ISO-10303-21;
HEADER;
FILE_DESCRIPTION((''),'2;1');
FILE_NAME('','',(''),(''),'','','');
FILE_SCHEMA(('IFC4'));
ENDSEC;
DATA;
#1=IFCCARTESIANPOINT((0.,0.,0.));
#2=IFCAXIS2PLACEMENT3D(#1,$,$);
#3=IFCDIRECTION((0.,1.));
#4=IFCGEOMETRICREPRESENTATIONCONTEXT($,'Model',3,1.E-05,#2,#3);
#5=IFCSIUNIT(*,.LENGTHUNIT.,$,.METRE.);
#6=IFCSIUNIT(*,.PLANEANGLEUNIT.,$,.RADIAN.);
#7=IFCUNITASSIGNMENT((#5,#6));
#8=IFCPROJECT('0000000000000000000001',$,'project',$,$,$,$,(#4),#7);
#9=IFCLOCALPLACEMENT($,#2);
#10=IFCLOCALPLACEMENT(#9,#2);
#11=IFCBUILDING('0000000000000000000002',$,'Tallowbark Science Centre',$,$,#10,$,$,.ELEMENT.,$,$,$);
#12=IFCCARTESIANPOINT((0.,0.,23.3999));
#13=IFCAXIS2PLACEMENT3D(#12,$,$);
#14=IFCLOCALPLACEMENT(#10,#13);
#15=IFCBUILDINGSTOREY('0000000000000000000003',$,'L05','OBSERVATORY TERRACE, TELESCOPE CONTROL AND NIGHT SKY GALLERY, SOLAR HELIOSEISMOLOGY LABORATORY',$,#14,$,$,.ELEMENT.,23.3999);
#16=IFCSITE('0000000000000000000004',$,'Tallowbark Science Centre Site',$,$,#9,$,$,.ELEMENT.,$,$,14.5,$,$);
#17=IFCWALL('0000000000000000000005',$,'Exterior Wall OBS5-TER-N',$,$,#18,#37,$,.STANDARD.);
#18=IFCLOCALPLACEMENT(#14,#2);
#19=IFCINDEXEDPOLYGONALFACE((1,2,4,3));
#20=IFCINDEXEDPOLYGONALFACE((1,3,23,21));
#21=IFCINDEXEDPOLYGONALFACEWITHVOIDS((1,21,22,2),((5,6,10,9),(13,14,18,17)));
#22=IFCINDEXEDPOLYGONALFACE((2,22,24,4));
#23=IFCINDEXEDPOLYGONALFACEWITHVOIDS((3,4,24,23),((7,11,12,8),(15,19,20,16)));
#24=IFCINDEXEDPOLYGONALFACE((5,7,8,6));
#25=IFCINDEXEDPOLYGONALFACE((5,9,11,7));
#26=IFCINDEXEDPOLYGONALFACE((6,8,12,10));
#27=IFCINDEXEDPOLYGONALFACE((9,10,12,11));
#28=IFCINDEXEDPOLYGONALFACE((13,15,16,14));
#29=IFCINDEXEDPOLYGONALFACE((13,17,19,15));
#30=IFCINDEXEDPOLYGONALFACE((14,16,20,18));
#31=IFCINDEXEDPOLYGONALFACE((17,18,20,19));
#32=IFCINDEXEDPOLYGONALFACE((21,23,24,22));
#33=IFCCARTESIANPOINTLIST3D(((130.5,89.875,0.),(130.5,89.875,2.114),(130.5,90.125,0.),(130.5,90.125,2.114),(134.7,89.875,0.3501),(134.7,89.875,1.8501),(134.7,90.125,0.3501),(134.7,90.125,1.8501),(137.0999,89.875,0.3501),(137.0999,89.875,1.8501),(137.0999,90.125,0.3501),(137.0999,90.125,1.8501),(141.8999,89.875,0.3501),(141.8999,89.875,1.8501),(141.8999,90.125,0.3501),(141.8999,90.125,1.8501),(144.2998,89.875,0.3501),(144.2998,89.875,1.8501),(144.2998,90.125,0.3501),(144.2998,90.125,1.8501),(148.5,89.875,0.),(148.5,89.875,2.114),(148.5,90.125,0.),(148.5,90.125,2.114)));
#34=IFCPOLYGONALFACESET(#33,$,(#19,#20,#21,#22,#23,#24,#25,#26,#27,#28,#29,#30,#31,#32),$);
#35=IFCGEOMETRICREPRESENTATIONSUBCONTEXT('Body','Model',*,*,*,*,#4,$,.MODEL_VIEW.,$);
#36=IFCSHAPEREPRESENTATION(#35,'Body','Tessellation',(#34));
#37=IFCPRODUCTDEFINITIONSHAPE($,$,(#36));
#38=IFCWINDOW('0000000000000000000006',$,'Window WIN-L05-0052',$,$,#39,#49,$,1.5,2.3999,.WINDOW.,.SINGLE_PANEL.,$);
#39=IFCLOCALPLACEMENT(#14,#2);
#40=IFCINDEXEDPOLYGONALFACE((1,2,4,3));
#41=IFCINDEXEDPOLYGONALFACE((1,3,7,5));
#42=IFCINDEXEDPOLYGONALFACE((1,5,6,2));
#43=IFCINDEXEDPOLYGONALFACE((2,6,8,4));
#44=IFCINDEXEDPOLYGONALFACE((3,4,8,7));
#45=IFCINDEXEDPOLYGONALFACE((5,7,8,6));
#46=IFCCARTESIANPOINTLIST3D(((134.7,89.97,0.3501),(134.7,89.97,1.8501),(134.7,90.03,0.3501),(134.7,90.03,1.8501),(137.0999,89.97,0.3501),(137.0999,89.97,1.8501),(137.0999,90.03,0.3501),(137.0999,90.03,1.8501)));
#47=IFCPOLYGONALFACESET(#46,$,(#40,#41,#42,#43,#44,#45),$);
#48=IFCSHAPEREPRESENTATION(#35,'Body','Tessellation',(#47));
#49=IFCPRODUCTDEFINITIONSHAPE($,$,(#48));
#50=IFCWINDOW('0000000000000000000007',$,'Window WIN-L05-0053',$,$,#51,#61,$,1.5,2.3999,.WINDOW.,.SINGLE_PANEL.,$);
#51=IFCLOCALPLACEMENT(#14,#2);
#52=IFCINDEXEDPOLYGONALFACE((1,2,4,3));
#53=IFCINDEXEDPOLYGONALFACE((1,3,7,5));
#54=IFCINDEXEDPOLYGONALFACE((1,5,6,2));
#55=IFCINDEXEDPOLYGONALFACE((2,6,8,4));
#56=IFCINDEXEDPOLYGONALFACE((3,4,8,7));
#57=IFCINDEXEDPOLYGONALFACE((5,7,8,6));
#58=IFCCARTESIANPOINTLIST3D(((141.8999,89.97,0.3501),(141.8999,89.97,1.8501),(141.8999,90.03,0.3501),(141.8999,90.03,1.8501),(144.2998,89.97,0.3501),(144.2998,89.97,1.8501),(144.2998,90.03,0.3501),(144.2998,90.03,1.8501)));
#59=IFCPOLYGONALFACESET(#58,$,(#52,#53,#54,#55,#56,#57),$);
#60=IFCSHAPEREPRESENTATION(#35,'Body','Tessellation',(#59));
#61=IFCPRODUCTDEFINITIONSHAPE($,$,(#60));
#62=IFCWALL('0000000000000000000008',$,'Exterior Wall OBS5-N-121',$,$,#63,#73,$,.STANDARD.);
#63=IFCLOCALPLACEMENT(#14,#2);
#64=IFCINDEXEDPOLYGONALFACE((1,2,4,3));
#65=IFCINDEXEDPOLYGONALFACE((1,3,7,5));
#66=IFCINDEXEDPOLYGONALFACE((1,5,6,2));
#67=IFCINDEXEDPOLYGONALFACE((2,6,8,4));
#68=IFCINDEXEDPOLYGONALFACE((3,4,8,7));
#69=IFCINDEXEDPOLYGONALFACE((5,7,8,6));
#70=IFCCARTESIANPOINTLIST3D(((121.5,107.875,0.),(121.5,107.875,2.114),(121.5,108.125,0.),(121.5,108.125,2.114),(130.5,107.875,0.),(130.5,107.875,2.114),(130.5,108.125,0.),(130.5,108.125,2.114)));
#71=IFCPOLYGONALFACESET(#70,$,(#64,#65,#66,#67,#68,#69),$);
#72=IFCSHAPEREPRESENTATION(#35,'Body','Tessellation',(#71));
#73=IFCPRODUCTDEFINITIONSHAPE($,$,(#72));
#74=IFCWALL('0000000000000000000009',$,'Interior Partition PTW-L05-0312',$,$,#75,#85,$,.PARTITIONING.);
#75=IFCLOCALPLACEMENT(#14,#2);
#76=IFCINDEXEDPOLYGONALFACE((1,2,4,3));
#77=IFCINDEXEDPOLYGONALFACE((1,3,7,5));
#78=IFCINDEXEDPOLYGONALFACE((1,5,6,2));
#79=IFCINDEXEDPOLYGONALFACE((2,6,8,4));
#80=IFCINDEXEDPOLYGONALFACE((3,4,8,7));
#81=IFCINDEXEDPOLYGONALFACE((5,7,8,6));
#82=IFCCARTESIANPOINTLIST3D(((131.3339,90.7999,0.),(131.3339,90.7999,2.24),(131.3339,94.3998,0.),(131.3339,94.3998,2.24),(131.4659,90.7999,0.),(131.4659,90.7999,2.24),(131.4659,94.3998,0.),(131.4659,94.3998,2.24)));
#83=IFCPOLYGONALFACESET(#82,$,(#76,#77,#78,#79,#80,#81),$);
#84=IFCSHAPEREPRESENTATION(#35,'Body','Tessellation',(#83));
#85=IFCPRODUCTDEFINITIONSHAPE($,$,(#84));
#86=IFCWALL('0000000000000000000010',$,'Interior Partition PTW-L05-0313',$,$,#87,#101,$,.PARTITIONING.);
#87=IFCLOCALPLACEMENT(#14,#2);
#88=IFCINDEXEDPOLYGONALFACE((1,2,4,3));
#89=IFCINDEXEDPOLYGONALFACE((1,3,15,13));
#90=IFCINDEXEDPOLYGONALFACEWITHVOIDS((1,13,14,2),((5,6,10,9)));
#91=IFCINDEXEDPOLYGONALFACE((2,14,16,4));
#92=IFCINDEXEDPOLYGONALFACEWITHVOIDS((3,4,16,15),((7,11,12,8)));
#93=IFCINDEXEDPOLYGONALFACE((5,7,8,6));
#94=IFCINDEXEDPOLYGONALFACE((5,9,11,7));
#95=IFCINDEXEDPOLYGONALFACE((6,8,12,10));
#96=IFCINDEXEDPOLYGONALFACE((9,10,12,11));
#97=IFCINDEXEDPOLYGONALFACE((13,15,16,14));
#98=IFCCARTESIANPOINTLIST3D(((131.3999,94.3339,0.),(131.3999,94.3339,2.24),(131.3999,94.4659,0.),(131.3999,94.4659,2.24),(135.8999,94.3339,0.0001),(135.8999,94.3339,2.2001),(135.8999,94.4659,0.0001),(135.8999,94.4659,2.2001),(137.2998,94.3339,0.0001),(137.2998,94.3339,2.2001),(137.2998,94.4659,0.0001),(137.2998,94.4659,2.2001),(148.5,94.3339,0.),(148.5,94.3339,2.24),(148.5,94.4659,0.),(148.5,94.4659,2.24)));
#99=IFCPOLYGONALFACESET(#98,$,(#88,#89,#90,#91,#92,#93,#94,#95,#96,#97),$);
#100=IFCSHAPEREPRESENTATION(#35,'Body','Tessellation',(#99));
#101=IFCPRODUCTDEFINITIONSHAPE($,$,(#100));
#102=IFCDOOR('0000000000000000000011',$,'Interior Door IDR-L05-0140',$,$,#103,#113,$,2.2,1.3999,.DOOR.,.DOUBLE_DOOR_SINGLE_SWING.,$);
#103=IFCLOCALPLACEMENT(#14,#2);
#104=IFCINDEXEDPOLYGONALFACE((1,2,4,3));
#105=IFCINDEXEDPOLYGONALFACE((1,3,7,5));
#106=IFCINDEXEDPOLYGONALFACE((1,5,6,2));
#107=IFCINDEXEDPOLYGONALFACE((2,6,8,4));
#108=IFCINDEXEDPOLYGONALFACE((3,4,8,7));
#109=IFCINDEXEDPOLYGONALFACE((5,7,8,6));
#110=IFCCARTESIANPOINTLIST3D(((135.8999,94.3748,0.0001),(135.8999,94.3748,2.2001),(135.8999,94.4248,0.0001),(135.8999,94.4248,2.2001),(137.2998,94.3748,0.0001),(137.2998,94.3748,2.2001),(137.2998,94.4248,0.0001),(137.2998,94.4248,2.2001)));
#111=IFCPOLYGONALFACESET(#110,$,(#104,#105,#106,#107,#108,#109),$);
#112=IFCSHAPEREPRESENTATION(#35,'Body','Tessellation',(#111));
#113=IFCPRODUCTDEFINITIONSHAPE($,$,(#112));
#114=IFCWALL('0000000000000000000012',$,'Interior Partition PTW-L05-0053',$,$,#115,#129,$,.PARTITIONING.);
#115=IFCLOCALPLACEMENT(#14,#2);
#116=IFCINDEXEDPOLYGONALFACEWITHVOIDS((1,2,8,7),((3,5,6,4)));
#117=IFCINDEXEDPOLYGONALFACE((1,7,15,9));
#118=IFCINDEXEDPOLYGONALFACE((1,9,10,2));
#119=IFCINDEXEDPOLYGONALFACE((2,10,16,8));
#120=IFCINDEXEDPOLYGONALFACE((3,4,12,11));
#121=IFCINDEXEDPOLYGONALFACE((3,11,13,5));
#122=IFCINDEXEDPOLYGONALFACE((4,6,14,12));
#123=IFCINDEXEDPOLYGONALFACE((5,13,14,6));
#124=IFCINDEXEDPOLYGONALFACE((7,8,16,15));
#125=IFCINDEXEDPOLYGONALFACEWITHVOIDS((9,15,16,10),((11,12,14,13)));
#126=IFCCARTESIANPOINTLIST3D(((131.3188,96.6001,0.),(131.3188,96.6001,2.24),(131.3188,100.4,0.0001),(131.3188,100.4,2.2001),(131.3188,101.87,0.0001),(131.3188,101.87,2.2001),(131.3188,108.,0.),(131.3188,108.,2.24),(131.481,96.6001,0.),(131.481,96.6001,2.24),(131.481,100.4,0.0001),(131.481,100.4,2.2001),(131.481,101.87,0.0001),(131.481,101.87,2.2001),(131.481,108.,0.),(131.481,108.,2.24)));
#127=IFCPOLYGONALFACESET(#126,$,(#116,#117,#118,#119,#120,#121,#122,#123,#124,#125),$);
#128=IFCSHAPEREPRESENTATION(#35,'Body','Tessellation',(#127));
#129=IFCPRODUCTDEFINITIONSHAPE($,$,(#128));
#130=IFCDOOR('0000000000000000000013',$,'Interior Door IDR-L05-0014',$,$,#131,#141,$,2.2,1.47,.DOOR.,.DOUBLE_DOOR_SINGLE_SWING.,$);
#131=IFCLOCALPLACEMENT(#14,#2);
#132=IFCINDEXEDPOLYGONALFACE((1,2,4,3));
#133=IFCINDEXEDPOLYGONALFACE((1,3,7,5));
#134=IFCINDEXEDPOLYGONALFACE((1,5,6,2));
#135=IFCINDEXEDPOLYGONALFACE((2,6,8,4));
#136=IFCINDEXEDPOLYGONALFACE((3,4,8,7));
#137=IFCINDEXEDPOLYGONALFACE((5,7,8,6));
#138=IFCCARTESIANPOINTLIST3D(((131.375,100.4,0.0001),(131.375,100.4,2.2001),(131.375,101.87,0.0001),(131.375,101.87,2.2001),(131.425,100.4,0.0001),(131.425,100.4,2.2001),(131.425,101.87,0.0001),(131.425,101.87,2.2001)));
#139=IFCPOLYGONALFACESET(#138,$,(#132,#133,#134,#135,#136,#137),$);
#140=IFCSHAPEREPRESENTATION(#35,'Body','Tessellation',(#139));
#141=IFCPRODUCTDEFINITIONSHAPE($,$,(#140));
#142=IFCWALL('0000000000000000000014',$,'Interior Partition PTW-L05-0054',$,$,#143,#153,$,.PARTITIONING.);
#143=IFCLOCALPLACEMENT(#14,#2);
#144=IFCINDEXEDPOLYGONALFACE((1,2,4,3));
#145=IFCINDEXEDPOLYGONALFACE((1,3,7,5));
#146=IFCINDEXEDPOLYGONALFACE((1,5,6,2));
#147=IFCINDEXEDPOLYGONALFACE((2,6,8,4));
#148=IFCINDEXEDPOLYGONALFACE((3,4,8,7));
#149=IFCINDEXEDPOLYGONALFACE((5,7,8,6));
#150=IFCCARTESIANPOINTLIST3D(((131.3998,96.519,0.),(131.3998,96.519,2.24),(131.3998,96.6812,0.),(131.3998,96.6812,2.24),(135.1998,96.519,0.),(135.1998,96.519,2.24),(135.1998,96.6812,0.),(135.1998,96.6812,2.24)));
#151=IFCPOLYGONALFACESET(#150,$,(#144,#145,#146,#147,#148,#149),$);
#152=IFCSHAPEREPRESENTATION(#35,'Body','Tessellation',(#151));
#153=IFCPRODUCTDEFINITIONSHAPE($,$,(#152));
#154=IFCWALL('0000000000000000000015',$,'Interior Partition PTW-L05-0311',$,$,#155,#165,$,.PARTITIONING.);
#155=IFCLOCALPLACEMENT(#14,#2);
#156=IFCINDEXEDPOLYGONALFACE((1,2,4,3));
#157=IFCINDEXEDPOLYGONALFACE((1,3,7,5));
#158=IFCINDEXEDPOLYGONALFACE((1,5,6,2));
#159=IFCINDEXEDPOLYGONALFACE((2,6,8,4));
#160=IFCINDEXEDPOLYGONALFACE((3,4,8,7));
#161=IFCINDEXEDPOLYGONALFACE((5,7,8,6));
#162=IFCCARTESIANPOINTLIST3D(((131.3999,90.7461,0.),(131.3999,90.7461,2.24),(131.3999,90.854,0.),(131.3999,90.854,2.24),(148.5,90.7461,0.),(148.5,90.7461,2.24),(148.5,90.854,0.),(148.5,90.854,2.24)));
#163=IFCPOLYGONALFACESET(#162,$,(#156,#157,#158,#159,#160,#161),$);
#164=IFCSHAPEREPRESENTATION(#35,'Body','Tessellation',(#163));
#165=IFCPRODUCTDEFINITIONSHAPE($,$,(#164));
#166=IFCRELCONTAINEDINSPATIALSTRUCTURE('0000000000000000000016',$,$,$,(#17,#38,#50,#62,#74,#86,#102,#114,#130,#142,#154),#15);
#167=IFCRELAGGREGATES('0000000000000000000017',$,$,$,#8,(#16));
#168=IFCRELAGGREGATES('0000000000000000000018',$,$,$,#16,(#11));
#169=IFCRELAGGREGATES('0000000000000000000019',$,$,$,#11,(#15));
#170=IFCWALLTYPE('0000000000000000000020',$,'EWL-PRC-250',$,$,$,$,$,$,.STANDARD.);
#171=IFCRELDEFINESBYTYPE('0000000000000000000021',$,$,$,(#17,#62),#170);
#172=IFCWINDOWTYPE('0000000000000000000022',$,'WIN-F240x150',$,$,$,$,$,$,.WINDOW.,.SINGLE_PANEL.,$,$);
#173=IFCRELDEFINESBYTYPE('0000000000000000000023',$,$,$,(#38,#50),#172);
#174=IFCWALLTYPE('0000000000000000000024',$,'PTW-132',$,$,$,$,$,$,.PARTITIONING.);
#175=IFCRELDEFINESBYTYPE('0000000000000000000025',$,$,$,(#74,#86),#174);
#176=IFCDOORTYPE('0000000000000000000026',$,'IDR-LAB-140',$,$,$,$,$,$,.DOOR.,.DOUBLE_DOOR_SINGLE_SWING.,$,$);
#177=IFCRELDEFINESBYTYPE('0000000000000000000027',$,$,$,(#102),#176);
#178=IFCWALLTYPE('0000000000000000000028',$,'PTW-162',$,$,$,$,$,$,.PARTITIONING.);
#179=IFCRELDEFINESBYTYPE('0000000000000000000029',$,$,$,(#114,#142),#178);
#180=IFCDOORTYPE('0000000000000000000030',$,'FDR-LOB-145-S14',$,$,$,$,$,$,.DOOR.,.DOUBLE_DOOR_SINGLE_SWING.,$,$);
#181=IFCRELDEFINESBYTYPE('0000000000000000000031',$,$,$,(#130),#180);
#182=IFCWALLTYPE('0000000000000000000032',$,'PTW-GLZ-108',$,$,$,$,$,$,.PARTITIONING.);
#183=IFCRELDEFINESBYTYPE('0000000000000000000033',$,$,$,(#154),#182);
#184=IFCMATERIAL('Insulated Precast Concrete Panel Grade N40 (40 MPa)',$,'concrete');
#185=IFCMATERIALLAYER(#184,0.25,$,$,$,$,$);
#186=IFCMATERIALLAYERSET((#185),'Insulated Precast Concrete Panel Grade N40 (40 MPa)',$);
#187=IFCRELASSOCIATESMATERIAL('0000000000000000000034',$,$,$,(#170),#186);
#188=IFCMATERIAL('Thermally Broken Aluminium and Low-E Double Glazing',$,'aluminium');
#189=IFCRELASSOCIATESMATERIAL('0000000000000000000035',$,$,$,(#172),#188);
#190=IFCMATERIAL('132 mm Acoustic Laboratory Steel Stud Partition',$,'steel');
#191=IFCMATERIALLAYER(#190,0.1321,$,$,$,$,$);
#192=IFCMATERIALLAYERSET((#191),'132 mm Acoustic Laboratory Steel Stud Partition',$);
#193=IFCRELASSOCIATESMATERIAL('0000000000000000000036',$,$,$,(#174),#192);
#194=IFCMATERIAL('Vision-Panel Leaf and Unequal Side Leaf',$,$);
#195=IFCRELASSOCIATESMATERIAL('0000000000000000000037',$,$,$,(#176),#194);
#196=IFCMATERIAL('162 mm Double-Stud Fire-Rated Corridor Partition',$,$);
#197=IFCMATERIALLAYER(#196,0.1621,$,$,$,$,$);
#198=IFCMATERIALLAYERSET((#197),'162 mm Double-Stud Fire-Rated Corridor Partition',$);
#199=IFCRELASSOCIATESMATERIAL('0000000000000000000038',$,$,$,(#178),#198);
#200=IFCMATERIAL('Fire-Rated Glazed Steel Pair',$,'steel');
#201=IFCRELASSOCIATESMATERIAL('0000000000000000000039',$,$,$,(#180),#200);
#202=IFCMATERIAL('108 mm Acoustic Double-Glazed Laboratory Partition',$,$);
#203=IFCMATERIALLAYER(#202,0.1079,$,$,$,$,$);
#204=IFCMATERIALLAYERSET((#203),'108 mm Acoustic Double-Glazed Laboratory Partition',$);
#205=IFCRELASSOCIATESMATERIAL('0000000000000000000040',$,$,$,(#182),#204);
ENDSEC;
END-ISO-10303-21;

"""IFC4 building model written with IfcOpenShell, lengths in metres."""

from ifc_helpers import new_model, si_unit, direction, frame, frame_2d, origin, place, context, subcontext, project, spatial, rectangle, extrude, material, layer, layer_set, type_object, element, fill, save


model = new_model("IFC4")

# Units and contexts
model_context = context("Model", 3, precision=1e-05, world=origin(), true_north=direction((0.0, 1.0)))
body_context = subcontext(model_context, "Body", "Model", "MODEL_VIEW")
ifc_project = project(units=[si_unit("LENGTHUNIT", "METRE"), si_unit("PLANEANGLEUNIT", "RADIAN")], contexts=[model_context])

# Site, building, storey
site_placement = place(None, origin())
site = spatial("IfcSite", under=ifc_project, at=site_placement, Name="Tallowbark Science Centre Site", CompositionType="ELEMENT", RefElevation=14.5)
building_placement = place(site_placement, origin())
building = spatial("IfcBuilding", under=site, at=building_placement, Name="Tallowbark Science Centre", CompositionType="ELEMENT")
storey_placement = place(building_placement, frame((0.0, 0.0, 23.3999)))
storey = spatial("IfcBuildingStorey", under=building, at=storey_placement, Name="L05", Description="OBSERVATORY TERRACE, TELESCOPE CONTROL AND NIGHT SKY GALLERY, SOLAR HELIOSEISMOLOGY LABORATORY", CompositionType="ELEMENT", Elevation=23.3999)

# Wall, openings, windows
ifc_material_1 = material(Name="Insulated Precast Concrete Panel Grade N40 (40 MPa)", Category="concrete")
ifc_layer_1 = layer(ifc_material_1, 0.25)
ifc_layer_set_1 = layer_set([ifc_layer_1], Name="Insulated Precast Concrete Panel Grade N40 (40 MPa)")
wall_type_1 = type_object("IfcWallType", Name="EWL-PRC-250", PredefinedType="STANDARD", material=ifc_layer_set_1)
wall_1_placement = place(storey_placement, frame((130.5, 90.0, 0.0), z_axis=(0.0, 0.0, 1.0), x_axis=(1.0, 0.0, 0.0)))
wall_1 = element("IfcWall", 1, at=wall_1_placement, inside=storey, type_object=wall_type_1, Name="Exterior Wall OBS5-TER-N", PredefinedType="STANDARD", context=body_context, shape_type="SweptSolid", body=[
    extrude(rectangle(XDim=18.0, YDim=0.25, at=frame_2d((9.0, 0.0))), origin(), (0.0, 0.0, 1.0), 2.114),
])
opening_1_placement = place(wall_1_placement, frame((4.2, 0.0, 0.3501)))
opening_1 = element("IfcOpeningElement", 2, at=opening_1_placement, cuts=wall_1, PredefinedType="OPENING", context=body_context, shape_type="SweptSolid", body=[
    extrude(rectangle(XDim=2.3999, YDim=1.5, at=frame_2d((1.2, 0.75))), frame((0.0, 0.135, 0.0), z_axis=(0.0, -1.0, 0.0), x_axis=(1.0, 0.0, 0.0)), (0.0, 0.0, 1.0), 0.27),
])
opening_2_placement = place(wall_1_placement, frame((11.3999, 0.0, 0.3501)))
opening_2 = element("IfcOpeningElement", 3, at=opening_2_placement, cuts=wall_1, PredefinedType="OPENING", context=body_context, shape_type="SweptSolid", body=[
    extrude(rectangle(XDim=2.3999, YDim=1.5, at=frame_2d((1.2, 0.75))), frame((0.0, 0.135, 0.0), z_axis=(0.0, -1.0, 0.0), x_axis=(1.0, 0.0, 0.0)), (0.0, 0.0, 1.0), 0.27),
])
ifc_material_2 = material(Name="Thermally Broken Aluminium and Low-E Double Glazing", Category="aluminium")
window_type = type_object("IfcWindowType", Name="WIN-F240x150", PartitioningType="SINGLE_PANEL", PredefinedType="WINDOW", material=ifc_material_2)
window_1_placement = place(opening_1_placement, origin())
window_1 = element("IfcWindow", 4, at=window_1_placement, inside=storey, type_object=window_type, Name="Window WIN-L05-0052", OverallHeight=1.5, OverallWidth=2.3999, PartitioningType="SINGLE_PANEL", PredefinedType="WINDOW", context=body_context, shape_type="SweptSolid", body=[
    extrude(rectangle(XDim=2.3999, YDim=1.5, at=frame_2d((1.2, 0.75))), frame((0.0, 0.03, 0.0), z_axis=(0.0, -1.0, 0.0), x_axis=(1.0, 0.0, 0.0)), (0.0, 0.0, 1.0), 0.0601),
])
fill(opening_1, window_1)
window_2_placement = place(opening_2_placement, origin())
window_2 = element("IfcWindow", 5, at=window_2_placement, inside=storey, type_object=window_type, Name="Window WIN-L05-0053", OverallHeight=1.5, OverallWidth=2.3999, PartitioningType="SINGLE_PANEL", PredefinedType="WINDOW", context=body_context, shape_type="SweptSolid", body=[
    extrude(rectangle(XDim=2.3999, YDim=1.5, at=frame_2d((1.2, 0.75))), frame((0.0, 0.03, 0.0), z_axis=(0.0, -1.0, 0.0), x_axis=(1.0, 0.0, 0.0)), (0.0, 0.0, 1.0), 0.0601),
])
fill(opening_2, window_2)

# Walls
wall_2_placement = place(storey_placement, frame((130.5, 108.0, 0.0), z_axis=(0.0, 0.0, 1.0), x_axis=(-1.0, 0.0, 0.0)))
element("IfcWall", 6, at=wall_2_placement, inside=storey, type_object=wall_type_1, Name="Exterior Wall OBS5-N-121", PredefinedType="STANDARD", context=body_context, shape_type="SweptSolid", body=[
    extrude(rectangle(XDim=9.0, YDim=0.25, at=frame_2d((4.5, 0.0))), origin(), (0.0, 0.0, 1.0), 2.114),
])
ifc_material_3 = material(Name="132 mm Acoustic Laboratory Steel Stud Partition", Category="steel")
ifc_layer_2 = layer(ifc_material_3, 0.1321)
ifc_layer_set_2 = layer_set([ifc_layer_2], Name="132 mm Acoustic Laboratory Steel Stud Partition")
wall_type_2 = type_object("IfcWallType", Name="PTW-132", PredefinedType="PARTITIONING", material=ifc_layer_set_2)
wall_3_placement = place(storey_placement, frame((131.3999, 90.8, 0.0), z_axis=(0.0, 0.0, 1.0), x_axis=(0.0, 1.0, 0.0)))
element("IfcWall", 7, at=wall_3_placement, inside=storey, type_object=wall_type_2, Name="Interior Partition PTW-L05-0312", PredefinedType="PARTITIONING", context=body_context, shape_type="SweptSolid", body=[
    extrude(rectangle(XDim=3.5999, YDim=0.1321, at=frame_2d((1.7998, 0.0))), origin(), (0.0, 0.0, 1.0), 2.24),
])

# Walls, openings, doors
wall_4_placement = place(storey_placement, frame((131.3999, 94.3999, 0.0), z_axis=(0.0, 0.0, 1.0), x_axis=(1.0, 0.0, 0.0)))
wall_4 = element("IfcWall", 8, at=wall_4_placement, inside=storey, type_object=wall_type_2, Name="Interior Partition PTW-L05-0313", PredefinedType="PARTITIONING", context=body_context, shape_type="SweptSolid", body=[
    extrude(rectangle(XDim=17.1001, YDim=0.1321, at=frame_2d((8.55, 0.0))), origin(), (0.0, 0.0, 1.0), 2.24),
])
opening_3_placement = place(wall_4_placement, frame((4.5, 0.0, 0.0)))
opening_3 = element("IfcOpeningElement", 9, at=opening_3_placement, cuts=wall_4, PredefinedType="OPENING", context=body_context, shape_type="SweptSolid", body=[
    extrude(rectangle(XDim=1.3999, YDim=2.2, at=frame_2d((0.7, 1.1001))), frame((0.0, 0.0762, 0.0), z_axis=(0.0, -1.0, 0.0), x_axis=(1.0, 0.0, 0.0)), (0.0, 0.0, 1.0), 0.1521),
])
ifc_material_4 = material(Name="Vision-Panel Leaf and Unequal Side Leaf")
door_type_1 = type_object("IfcDoorType", Name="IDR-LAB-140", OperationType="DOUBLE_DOOR_SINGLE_SWING", PredefinedType="DOOR", material=ifc_material_4)
door_1_placement = place(opening_3_placement, origin())
door_1 = element("IfcDoor", 10, at=door_1_placement, inside=storey, type_object=door_type_1, Name="Interior Door IDR-L05-0140", OperationType="DOUBLE_DOOR_SINGLE_SWING", OverallHeight=2.2, OverallWidth=1.3999, PredefinedType="DOOR", context=body_context, shape_type="SweptSolid", body=[
    extrude(rectangle(XDim=1.3999, YDim=2.2, at=frame_2d((0.7, 1.1001))), frame((0.0, 0.0249, 0.0), z_axis=(0.0, -1.0, 0.0), x_axis=(1.0, 0.0, 0.0)), (0.0, 0.0, 1.0), 0.05),
])
fill(opening_3, door_1)
ifc_material_5 = material(Name="162 mm Double-Stud Fire-Rated Corridor Partition")
ifc_layer_3 = layer(ifc_material_5, 0.1621)
ifc_layer_set_3 = layer_set([ifc_layer_3], Name="162 mm Double-Stud Fire-Rated Corridor Partition")
wall_type_3 = type_object("IfcWallType", Name="PTW-162", PredefinedType="PARTITIONING", material=ifc_layer_set_3)
wall_5_placement = place(storey_placement, frame((131.3999, 96.6001, 0.0), z_axis=(0.0, 0.0, 1.0), x_axis=(0.0, 1.0, 0.0)))
wall_5 = element("IfcWall", 11, at=wall_5_placement, inside=storey, type_object=wall_type_3, Name="Interior Partition PTW-L05-0053", PredefinedType="PARTITIONING", context=body_context, shape_type="SweptSolid", body=[
    extrude(rectangle(XDim=11.3999, YDim=0.1621, at=frame_2d((5.7, 0.0))), origin(), (0.0, 0.0, 1.0), 2.24),
])
opening_4_placement = place(wall_5_placement, frame((3.8, 0.0, 0.0)))
opening_4 = element("IfcOpeningElement", 12, at=opening_4_placement, cuts=wall_5, PredefinedType="OPENING", context=body_context, shape_type="SweptSolid", body=[
    extrude(rectangle(XDim=1.47, YDim=2.2, at=frame_2d((0.7349, 1.1001))), frame((0.0, 0.0911, 0.0), z_axis=(0.0, -1.0, 0.0), x_axis=(1.0, 0.0, 0.0)), (0.0, 0.0, 1.0), 0.1821),
])
ifc_material_6 = material(Name="Fire-Rated Glazed Steel Pair", Category="steel")
door_type_2 = type_object("IfcDoorType", Name="FDR-LOB-145-S14", OperationType="DOUBLE_DOOR_SINGLE_SWING", PredefinedType="DOOR", material=ifc_material_6)
door_2_placement = place(opening_4_placement, origin())
door_2 = element("IfcDoor", 13, at=door_2_placement, inside=storey, type_object=door_type_2, Name="Interior Door IDR-L05-0014", OperationType="DOUBLE_DOOR_SINGLE_SWING", OverallHeight=2.2, OverallWidth=1.47, PredefinedType="DOOR", context=body_context, shape_type="SweptSolid", body=[
    extrude(rectangle(XDim=1.47, YDim=2.2, at=frame_2d((0.7349, 1.1001))), frame((0.0, 0.0249, 0.0), z_axis=(0.0, -1.0, 0.0), x_axis=(1.0, 0.0, 0.0)), (0.0, 0.0, 1.0), 0.05),
])
fill(opening_4, door_2)

# Walls
wall_6_placement = place(storey_placement, frame((131.3999, 96.6001, 0.0), z_axis=(0.0, 0.0, 1.0), x_axis=(1.0, 0.0, 0.0)))
element("IfcWall", 14, at=wall_6_placement, inside=storey, type_object=wall_type_3, Name="Interior Partition PTW-L05-0054", PredefinedType="PARTITIONING", context=body_context, shape_type="SweptSolid", body=[
    extrude(rectangle(XDim=3.8, YDim=0.1621, at=frame_2d((1.8999, 0.0))), origin(), (0.0, 0.0, 1.0), 2.24),
])
ifc_material_7 = material(Name="108 mm Acoustic Double-Glazed Laboratory Partition")
ifc_layer_4 = layer(ifc_material_7, 0.1079)
ifc_layer_set_4 = layer_set([ifc_layer_4], Name="108 mm Acoustic Double-Glazed Laboratory Partition")
wall_type_4 = type_object("IfcWallType", Name="PTW-GLZ-108", PredefinedType="PARTITIONING", material=ifc_layer_set_4)
wall_7_placement = place(storey_placement, frame((131.3999, 90.8, 0.0), z_axis=(0.0, 0.0, 1.0), x_axis=(1.0, 0.0, 0.0)))
element("IfcWall", 15, at=wall_7_placement, inside=storey, type_object=wall_type_4, Name="Interior Partition PTW-L05-0311", PredefinedType="PARTITIONING", context=body_context, shape_type="SweptSolid", body=[
    extrude(rectangle(XDim=17.1001, YDim=0.1079, at=frame_2d((8.55, 0.0))), origin(), (0.0, 0.0, 1.0), 2.24),
])

save(model, "model.ifc")
